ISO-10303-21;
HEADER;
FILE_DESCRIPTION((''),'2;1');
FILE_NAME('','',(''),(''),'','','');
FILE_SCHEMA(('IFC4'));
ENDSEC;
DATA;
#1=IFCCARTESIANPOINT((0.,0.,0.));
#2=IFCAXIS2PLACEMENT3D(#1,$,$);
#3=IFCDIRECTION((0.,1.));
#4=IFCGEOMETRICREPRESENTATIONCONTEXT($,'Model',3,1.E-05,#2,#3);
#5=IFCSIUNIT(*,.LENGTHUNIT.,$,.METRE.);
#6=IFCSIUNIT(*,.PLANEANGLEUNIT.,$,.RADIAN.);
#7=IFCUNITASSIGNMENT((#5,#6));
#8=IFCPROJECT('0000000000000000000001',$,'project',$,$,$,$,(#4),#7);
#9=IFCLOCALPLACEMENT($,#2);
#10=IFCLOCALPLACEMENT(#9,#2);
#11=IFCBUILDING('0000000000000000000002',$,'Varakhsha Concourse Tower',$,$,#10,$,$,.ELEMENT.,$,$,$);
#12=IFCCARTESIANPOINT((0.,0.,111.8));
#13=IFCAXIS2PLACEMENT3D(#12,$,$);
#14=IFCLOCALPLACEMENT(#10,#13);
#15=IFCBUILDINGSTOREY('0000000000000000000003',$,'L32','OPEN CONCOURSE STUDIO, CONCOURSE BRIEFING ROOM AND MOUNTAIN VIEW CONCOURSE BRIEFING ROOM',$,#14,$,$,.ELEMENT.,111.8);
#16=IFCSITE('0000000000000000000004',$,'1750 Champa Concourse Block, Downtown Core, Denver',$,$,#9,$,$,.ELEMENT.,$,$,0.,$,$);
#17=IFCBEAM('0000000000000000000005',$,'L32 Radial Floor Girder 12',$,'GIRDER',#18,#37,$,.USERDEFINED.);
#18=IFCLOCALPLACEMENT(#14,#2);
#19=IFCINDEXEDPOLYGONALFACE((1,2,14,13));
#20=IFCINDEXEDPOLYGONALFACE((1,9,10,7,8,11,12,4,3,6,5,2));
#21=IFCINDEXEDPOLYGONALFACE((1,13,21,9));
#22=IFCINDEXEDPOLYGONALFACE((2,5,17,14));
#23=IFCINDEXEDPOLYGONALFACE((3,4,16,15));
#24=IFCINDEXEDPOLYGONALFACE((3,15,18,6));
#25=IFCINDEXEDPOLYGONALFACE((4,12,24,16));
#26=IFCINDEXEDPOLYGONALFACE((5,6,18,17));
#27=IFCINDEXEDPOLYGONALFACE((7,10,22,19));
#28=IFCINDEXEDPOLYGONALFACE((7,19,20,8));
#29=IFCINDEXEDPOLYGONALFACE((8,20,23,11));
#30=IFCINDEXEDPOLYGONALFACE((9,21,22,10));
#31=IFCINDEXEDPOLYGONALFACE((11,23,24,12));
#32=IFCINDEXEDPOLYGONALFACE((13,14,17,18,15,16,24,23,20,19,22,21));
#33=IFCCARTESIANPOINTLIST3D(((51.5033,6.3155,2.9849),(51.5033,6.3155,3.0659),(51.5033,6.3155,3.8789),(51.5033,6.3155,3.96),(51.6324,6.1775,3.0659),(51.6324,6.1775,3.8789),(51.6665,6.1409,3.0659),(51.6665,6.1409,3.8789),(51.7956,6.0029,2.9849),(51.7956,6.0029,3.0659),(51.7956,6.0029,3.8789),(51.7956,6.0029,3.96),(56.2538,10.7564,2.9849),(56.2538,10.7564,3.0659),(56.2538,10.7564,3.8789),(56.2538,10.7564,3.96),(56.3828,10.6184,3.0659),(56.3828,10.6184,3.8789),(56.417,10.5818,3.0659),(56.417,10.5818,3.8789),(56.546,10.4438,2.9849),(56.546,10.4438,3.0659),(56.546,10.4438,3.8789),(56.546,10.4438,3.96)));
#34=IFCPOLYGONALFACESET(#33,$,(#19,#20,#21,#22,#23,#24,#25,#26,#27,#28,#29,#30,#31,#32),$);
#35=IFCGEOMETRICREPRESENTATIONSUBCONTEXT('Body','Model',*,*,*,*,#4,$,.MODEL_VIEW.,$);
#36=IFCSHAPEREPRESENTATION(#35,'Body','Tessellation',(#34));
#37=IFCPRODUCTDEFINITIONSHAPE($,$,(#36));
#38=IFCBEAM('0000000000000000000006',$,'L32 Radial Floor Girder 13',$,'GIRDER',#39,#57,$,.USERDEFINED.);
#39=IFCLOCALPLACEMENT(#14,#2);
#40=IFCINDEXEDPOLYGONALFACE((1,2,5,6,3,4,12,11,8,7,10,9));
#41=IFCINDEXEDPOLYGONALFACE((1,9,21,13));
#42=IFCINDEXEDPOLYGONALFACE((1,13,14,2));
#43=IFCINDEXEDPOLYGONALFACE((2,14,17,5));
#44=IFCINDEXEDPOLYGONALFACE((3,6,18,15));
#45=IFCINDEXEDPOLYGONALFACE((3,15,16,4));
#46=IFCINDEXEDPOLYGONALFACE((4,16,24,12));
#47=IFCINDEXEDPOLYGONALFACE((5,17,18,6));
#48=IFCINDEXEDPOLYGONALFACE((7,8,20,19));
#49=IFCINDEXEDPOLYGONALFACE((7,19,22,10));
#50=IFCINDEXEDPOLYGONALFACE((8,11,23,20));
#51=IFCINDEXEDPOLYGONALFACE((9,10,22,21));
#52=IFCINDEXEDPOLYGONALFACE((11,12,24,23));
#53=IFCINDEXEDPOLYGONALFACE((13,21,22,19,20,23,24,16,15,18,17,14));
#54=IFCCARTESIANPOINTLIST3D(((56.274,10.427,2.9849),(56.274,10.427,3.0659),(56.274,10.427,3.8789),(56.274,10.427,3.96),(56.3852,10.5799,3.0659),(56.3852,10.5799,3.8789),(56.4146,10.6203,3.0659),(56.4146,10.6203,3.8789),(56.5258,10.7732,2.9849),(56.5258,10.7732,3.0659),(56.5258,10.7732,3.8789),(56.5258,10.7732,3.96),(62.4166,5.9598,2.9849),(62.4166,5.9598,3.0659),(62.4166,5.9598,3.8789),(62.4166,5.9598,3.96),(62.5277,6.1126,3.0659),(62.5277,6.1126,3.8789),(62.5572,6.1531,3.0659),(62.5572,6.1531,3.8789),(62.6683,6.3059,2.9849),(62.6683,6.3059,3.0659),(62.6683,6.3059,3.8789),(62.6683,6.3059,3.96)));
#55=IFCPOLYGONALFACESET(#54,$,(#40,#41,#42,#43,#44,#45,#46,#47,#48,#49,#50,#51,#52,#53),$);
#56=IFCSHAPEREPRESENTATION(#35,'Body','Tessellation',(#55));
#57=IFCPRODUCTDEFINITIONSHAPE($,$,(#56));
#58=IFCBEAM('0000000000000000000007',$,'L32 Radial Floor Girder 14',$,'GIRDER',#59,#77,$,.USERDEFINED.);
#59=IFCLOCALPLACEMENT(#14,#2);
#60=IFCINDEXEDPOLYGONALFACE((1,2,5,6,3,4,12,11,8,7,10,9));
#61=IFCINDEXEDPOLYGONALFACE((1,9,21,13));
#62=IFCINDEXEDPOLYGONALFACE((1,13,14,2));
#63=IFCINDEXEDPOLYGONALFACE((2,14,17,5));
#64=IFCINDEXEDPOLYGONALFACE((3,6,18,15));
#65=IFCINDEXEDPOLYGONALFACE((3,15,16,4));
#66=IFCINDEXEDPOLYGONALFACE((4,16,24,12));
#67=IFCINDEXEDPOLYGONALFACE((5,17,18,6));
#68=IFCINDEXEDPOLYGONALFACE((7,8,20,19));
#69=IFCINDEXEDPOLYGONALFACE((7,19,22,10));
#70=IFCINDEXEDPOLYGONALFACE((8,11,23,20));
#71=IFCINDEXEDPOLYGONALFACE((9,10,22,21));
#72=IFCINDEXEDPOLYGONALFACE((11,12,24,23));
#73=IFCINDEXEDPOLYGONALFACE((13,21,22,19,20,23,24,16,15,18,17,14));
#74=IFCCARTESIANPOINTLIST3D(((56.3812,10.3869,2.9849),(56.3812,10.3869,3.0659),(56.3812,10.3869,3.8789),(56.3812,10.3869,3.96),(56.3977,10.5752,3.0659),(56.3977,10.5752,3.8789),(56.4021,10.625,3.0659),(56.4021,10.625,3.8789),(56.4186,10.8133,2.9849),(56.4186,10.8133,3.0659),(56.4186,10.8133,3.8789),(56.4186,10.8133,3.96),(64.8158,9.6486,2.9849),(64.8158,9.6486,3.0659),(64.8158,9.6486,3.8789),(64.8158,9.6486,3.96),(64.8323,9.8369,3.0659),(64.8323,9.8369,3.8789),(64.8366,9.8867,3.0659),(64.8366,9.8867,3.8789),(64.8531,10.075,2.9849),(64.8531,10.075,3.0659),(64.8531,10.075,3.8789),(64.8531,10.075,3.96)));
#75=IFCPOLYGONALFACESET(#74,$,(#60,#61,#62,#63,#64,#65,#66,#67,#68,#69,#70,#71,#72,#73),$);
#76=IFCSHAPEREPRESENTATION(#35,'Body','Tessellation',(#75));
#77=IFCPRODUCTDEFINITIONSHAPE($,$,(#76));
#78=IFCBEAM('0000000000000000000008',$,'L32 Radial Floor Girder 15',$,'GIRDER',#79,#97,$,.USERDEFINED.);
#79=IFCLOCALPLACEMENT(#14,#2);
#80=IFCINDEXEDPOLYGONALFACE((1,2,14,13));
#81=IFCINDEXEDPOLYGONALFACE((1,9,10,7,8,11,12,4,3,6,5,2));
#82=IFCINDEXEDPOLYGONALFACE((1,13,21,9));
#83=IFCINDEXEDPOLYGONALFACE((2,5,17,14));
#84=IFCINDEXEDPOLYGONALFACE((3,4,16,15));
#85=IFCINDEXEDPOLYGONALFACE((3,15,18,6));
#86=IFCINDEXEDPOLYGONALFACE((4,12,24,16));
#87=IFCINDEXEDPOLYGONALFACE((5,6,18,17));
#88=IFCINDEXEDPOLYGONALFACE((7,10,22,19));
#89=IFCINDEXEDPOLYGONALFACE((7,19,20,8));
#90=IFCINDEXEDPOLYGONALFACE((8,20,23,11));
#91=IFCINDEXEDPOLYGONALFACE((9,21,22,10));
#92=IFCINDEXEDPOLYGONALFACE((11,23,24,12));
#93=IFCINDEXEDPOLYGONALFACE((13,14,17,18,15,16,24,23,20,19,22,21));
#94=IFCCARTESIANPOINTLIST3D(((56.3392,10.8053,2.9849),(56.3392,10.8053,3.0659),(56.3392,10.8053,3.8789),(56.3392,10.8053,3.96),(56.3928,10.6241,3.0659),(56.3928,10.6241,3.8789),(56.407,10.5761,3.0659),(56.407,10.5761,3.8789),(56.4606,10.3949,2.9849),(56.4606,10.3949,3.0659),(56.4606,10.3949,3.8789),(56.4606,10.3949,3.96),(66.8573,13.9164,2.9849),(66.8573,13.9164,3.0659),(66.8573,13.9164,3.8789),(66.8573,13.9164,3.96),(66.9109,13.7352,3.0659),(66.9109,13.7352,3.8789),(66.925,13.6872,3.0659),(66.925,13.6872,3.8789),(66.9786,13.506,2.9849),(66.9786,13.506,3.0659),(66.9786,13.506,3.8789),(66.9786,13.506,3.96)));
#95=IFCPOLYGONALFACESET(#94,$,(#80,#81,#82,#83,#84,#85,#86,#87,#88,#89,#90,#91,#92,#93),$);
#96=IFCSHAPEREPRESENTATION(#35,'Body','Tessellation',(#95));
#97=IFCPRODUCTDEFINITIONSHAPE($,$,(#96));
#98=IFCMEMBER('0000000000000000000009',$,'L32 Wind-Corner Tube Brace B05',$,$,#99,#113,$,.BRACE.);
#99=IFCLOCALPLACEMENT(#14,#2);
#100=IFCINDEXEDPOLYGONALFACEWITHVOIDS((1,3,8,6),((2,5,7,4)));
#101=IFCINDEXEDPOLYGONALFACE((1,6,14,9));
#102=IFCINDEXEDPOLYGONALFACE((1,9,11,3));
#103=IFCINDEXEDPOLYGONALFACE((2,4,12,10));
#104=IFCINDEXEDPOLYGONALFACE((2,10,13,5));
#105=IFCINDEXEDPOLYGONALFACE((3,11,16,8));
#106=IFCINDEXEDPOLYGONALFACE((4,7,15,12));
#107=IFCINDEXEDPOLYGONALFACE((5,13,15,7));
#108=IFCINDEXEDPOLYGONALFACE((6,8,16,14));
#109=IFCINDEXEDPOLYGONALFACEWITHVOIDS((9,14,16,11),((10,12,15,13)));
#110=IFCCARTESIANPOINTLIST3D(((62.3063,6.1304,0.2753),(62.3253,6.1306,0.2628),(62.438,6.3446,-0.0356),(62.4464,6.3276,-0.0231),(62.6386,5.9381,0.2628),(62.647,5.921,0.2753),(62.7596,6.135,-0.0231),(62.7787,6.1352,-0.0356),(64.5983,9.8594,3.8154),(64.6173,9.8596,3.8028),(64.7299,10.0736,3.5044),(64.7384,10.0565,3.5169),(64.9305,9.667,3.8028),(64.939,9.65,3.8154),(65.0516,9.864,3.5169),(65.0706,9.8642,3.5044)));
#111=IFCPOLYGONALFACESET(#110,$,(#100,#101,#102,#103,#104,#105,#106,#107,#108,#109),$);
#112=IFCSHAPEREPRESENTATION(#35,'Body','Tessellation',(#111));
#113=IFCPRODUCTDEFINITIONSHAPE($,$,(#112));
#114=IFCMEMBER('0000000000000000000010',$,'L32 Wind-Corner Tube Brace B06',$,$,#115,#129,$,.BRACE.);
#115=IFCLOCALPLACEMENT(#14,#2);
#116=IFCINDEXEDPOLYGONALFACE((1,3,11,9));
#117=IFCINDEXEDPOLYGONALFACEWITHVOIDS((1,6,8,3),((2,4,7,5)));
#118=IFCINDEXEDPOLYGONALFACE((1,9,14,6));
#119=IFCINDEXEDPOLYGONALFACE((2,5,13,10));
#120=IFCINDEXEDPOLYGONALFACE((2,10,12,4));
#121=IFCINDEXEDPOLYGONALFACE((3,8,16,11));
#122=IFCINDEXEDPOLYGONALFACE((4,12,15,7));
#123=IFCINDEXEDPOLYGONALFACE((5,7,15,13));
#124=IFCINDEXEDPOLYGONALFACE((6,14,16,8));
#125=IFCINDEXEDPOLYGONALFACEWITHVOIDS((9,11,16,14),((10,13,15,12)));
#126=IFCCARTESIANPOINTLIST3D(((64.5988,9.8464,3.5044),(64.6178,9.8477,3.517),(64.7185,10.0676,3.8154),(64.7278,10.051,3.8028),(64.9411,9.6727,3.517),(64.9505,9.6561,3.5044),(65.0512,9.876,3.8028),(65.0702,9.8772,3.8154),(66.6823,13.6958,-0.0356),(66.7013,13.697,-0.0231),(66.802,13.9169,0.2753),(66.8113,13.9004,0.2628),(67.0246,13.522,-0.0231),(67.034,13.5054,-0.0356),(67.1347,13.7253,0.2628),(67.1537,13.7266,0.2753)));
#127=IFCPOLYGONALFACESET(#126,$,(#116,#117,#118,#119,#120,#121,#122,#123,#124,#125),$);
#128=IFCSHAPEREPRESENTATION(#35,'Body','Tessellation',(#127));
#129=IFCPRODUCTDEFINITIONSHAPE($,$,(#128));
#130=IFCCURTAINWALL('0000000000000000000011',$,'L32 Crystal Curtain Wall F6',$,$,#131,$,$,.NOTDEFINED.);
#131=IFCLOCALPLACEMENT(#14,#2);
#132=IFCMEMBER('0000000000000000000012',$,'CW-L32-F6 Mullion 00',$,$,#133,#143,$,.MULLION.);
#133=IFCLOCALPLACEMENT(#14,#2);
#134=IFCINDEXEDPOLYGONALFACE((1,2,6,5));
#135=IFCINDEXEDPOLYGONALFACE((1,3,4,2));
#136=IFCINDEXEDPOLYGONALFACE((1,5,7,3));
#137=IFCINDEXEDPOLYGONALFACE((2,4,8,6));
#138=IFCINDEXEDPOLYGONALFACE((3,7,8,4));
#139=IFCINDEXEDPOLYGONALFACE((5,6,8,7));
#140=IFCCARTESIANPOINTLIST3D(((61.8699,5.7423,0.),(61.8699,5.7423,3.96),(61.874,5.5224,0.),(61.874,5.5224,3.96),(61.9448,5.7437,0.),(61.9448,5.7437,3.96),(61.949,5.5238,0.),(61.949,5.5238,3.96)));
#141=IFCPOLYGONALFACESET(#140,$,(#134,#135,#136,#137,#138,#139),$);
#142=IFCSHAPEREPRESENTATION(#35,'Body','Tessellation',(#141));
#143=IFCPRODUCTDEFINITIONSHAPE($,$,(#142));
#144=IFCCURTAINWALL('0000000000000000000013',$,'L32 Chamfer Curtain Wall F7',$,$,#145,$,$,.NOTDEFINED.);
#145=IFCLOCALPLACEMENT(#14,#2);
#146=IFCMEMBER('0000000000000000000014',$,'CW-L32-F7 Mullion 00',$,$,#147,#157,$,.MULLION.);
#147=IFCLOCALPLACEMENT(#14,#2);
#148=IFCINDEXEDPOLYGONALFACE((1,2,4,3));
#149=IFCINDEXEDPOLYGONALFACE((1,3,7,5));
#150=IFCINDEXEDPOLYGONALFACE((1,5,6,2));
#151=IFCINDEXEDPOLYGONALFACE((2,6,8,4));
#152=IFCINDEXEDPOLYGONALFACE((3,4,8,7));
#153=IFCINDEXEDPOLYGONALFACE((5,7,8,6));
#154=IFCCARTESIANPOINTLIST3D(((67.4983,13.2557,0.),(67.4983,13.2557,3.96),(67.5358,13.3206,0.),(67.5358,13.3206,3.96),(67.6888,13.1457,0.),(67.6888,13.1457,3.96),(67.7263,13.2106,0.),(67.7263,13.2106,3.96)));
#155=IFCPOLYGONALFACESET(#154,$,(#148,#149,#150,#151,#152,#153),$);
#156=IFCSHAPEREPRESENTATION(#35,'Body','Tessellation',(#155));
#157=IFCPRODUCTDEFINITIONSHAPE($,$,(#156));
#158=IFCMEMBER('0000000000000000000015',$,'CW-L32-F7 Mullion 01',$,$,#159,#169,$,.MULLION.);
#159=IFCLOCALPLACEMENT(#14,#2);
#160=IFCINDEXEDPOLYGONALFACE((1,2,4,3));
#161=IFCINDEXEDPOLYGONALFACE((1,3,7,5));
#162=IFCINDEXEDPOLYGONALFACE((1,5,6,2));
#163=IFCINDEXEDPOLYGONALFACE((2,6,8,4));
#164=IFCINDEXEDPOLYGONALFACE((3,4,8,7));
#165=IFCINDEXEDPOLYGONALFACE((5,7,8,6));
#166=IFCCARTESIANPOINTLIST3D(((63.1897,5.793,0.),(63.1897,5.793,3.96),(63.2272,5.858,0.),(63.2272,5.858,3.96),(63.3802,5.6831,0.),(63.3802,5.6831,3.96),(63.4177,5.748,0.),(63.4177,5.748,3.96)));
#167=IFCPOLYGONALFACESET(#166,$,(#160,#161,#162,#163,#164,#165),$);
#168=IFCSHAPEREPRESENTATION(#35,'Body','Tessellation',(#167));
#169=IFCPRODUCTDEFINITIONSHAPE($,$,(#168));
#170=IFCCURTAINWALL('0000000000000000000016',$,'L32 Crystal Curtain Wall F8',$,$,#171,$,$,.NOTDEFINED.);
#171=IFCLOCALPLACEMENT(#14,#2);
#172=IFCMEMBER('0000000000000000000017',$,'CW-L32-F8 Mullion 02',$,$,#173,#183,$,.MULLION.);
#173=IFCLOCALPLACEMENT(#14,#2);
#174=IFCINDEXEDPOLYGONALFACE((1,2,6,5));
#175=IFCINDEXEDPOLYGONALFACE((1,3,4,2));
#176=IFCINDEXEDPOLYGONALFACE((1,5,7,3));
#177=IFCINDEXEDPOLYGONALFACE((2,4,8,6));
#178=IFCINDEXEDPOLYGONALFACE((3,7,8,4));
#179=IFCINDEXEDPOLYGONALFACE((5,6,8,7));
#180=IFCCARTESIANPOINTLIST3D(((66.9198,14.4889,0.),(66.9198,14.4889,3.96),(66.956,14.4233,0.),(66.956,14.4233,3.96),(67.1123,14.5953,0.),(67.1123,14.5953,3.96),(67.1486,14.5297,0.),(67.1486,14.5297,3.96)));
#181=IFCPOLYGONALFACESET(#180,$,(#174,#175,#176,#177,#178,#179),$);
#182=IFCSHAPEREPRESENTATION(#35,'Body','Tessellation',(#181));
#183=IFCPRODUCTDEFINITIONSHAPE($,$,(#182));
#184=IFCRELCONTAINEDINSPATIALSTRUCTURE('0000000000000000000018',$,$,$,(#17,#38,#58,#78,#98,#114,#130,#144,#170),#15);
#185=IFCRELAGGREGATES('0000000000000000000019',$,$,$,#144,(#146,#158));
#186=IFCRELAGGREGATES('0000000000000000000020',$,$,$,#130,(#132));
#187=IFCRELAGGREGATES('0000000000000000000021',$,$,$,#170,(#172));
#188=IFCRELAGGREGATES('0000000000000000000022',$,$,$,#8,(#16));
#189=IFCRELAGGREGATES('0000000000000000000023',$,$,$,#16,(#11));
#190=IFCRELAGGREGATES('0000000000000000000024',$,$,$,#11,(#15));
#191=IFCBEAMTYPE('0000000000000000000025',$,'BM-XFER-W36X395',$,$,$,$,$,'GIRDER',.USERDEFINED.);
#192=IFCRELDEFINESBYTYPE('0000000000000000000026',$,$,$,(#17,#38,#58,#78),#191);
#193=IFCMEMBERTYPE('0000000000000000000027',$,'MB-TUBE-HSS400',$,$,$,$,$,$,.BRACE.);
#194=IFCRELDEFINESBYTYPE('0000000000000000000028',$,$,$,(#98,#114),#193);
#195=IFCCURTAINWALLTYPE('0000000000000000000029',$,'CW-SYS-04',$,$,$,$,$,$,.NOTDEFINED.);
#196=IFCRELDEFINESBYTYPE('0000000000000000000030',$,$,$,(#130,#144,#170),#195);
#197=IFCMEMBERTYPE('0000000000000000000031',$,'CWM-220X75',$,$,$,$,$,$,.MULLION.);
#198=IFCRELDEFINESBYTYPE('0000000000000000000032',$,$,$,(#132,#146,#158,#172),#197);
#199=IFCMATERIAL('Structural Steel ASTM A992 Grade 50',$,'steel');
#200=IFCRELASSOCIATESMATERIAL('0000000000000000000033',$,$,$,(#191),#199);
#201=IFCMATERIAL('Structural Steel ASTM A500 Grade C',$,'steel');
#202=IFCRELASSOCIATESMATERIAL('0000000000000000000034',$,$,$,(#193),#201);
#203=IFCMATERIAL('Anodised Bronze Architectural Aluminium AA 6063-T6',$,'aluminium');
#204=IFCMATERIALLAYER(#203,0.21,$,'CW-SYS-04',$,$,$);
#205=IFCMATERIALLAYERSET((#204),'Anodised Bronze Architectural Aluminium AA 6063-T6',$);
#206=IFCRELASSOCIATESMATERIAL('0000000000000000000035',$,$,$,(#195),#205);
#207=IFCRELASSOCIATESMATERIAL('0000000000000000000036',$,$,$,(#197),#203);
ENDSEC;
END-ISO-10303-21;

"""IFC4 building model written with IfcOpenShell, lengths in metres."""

from ifc_helpers import new_model, si_unit, direction, frame, origin, origin_2d, place, context, subcontext, project, spatial, rectangle, hollow_rectangle, i_section, extrude, source, transform, mapped, material, layer, layer_set, material_profile, profile_set, type_object, type_shapes, element, aggregate, save


model = new_model("IFC4")

# Units and contexts
model_context = context("Model", 3, precision=1e-05, world=origin(), true_north=direction((0.0, 1.0)))
body_context = subcontext(model_context, "Body", "Model", "MODEL_VIEW")
ifc_project = project(units=[si_unit("LENGTHUNIT", "METRE"), si_unit("PLANEANGLEUNIT", "RADIAN")], contexts=[model_context])

# Site, building, storey
site_placement = place(None, origin())
site = spatial("IfcSite", under=ifc_project, at=site_placement, Name="1750 Champa Concourse Block, Downtown Core, Denver", CompositionType="ELEMENT", RefElevation=0.0)
building_placement = place(site_placement, origin())
building = spatial("IfcBuilding", under=site, at=building_placement, Name="Varakhsha Concourse Tower", CompositionType="ELEMENT")
storey_placement = place(building_placement, frame((0.0, 0.0, 111.8)))
storey = spatial("IfcBuildingStorey", under=building, at=storey_placement, Name="L32", Description="OPEN CONCOURSE STUDIO, CONCOURSE BRIEFING ROOM AND MOUNTAIN VIEW CONCOURSE BRIEFING ROOM", CompositionType="ELEMENT", Elevation=111.8)

# Shared definitions
ifc_material_1 = material(Name="Structural Steel ASTM A992 Grade 50", Category="steel")

# Beams
ifc_material_profile_1 = material_profile(ifc_material_1, i_section(OverallWidth=0.428, OverallDepth=0.9751, WebThickness=0.05, FlangeThickness=0.0811, at=origin_2d()), Name="W36X395")
ifc_profile_set_1 = profile_set([ifc_material_profile_1], Name="Structural Steel ASTM A992 Grade 50")
beam_type_1 = type_object("IfcBeamType", Name="BM-XFER-W36X395", ElementType="GIRDER", PredefinedType="USERDEFINED", material=ifc_profile_set_1)
beam_1_placement = place(storey_placement, frame((56.3999, 10.6001, 3.4724), z_axis=(-0.730508, -0.682904, 0.0), x_axis=(0.682904, -0.730508, 0.0)))
element("IfcBeam", 1, at=beam_1_placement, inside=storey, type_object=beam_type_1, Name="L32 Radial Floor Girder 12", ObjectType="GIRDER", PredefinedType="USERDEFINED", context=body_context, shape_type="SweptSolid", body=[
    extrude(i_section(OverallWidth=0.428, OverallDepth=0.9751, WebThickness=0.05, FlangeThickness=0.0811, at=origin_2d()), origin(), (0.0, 0.0, 1.0), 6.5029),
])
beam_2_placement = place(storey_placement, frame((56.3999, 10.6001, 3.4724), z_axis=(0.808739, -0.588168, 0.0), x_axis=(0.588168, 0.808739, 0.0)))
element("IfcBeam", 2, at=beam_2_placement, inside=storey, type_object=beam_type_1, Name="L32 Radial Floor Girder 13", ObjectType="GIRDER", PredefinedType="USERDEFINED", context=body_context, shape_type="SweptSolid", body=[
    extrude(i_section(OverallWidth=0.428, OverallDepth=0.9751, WebThickness=0.05, FlangeThickness=0.0811, at=origin_2d()), origin(), (0.0, 0.0, 1.0), 7.5952),
])
beam_3_placement = place(storey_placement, frame((56.3999, 10.6001, 3.4724), z_axis=(0.996191, -0.087197, 0.0), x_axis=(0.087197, 0.996191, 0.0)))
element("IfcBeam", 3, at=beam_3_placement, inside=storey, type_object=beam_type_1, Name="L32 Radial Floor Girder 14", ObjectType="GIRDER", PredefinedType="USERDEFINED", context=body_context, shape_type="SweptSolid", body=[
    extrude(i_section(OverallWidth=0.428, OverallDepth=0.9751, WebThickness=0.05, FlangeThickness=0.0811, at=origin_2d()), origin(), (0.0, 0.0, 1.0), 8.4668),
])
beam_4_placement = place(storey_placement, frame((56.3999, 10.6001, 3.4724), z_axis=(0.958932, 0.283637, 0.0), x_axis=(-0.283637, 0.958932, 0.0)))
element("IfcBeam", 4, at=beam_4_placement, inside=storey, type_object=beam_type_1, Name="L32 Radial Floor Girder 15", ObjectType="GIRDER", PredefinedType="USERDEFINED", context=body_context, shape_type="SweptSolid", body=[
    extrude(i_section(OverallWidth=0.428, OverallDepth=0.9751, WebThickness=0.05, FlangeThickness=0.0811, at=origin_2d()), origin(), (0.0, 0.0, 1.0), 10.9685),
])

# Members
ifc_material_2 = material(Name="Structural Steel ASTM A500 Grade C", Category="steel")
ifc_material_profile_2 = material_profile(ifc_material_2, hollow_rectangle(XDim=0.3999, YDim=0.3999, WallThickness=0.0161, at=origin_2d()), Name="HSS 400x400x16")
ifc_profile_set_2 = profile_set([ifc_material_profile_2], Name="Structural Steel ASTM A500 Grade C")
member_type_1 = type_object("IfcMemberType", Name="MB-TUBE-HSS400", PredefinedType="BRACE", material=ifc_profile_set_2)
shared_shape_1 = source(origin(), body_context, "Body", "SweptSolid", [
    extrude(hollow_rectangle(XDim=0.3999, YDim=0.3999, WallThickness=0.0161, at=origin_2d()), origin(), (0.0, 0.0, 1.0), 5.6294),
])
type_shapes(member_type_1, [shared_shape_1])
for number, where, z_axis, x_axis, name in (
    (5, (62.5425, 6.1328, 0.1199), (0.407144, 0.662411, 0.628844), (-0.851942, 0.523637, 0.0), "L32 Wind-Corner Tube Brace B05"),
    (6, (66.918, 13.7112, 0.1199), (-0.370108, -0.683793, 0.628845), (0.879443, -0.476005, 0.0), "L32 Wind-Corner Tube Brace B06"),
):
    element("IfcMember", number, at=place(storey_placement, frame(where, z_axis=z_axis, x_axis=x_axis)), inside=storey, type_object=member_type_1, Name=name, PredefinedType="BRACE", context=body_context, shape_type="MappedRepresentation", body=[
        mapped(shared_shape_1, transform((0.0, 0.0, 0.0), scale=1.0)),
    ])

# Curtain wall, member
ifc_material_3 = material(Name="Anodised Bronze Architectural Aluminium AA 6063-T6", Category="aluminium")
ifc_layer_1 = layer(ifc_material_3, 0.21, Name="CW-SYS-04")
ifc_layer_set_1 = layer_set([ifc_layer_1], Name="Anodised Bronze Architectural Aluminium AA 6063-T6")
curtain_wall_type = type_object("IfcCurtainWallType", Name="CW-SYS-04", PredefinedType="NOTDEFINED", material=ifc_layer_set_1)
curtain_wall_1_placement = place(storey_placement, origin())
curtain_wall_1 = element("IfcCurtainWall", 7, at=curtain_wall_1_placement, inside=storey, type_object=curtain_wall_type, Name="L32 Crystal Curtain Wall F6", PredefinedType="NOTDEFINED")
ifc_material_profile_3 = material_profile(ifc_material_3, rectangle(XDim=0.075, YDim=0.22, at=origin_2d()), Name="CWM-220X75")
ifc_profile_set_3 = profile_set([ifc_material_profile_3], Name="Anodised Bronze Architectural Aluminium AA 6063-T6")
member_type_2 = type_object("IfcMemberType", Name="CWM-220X75", PredefinedType="MULLION", material=ifc_profile_set_3)
shared_shape_2 = source(origin(), body_context, "Body", "SweptSolid", [
    extrude(rectangle(XDim=0.075, YDim=0.22, at=origin_2d()), origin(), (0.0, 0.0, 1.0), 3.96),
])
type_shapes(member_type_2, [shared_shape_2])
member_1_placement = place(storey_placement, frame((61.9094, 5.6331, 0.0), z_axis=(0.0, 0.0, 1.0), x_axis=(-0.999821, -0.01891, 0.0)))
member_1 = element("IfcMember", 8, at=member_1_placement, type_object=member_type_2, Name="CW-L32-F6 Mullion 00", PredefinedType="MULLION", context=body_context, shape_type="MappedRepresentation", body=[
    mapped(shared_shape_2, transform((0.0, 0.0, 0.0), scale=1.0)),
])

# Curtain wall, members
curtain_wall_2_placement = place(storey_placement, origin())
curtain_wall_2 = element("IfcCurtainWall", 9, at=curtain_wall_2_placement, inside=storey, type_object=curtain_wall_type, Name="L32 Chamfer Curtain Wall F7", PredefinedType="NOTDEFINED")
member_2_placement = place(storey_placement, frame((67.6123, 13.2332, 0.0), z_axis=(0.0, 0.0, 1.0), x_axis=(-0.499992, -0.86603, 0.0)))
member_2 = element("IfcMember", 10, at=member_2_placement, type_object=member_type_2, Name="CW-L32-F7 Mullion 00", PredefinedType="MULLION", context=body_context, shape_type="MappedRepresentation", body=[
    mapped(shared_shape_2, transform((0.0, 0.0, 0.0), scale=1.0)),
])
member_3_placement = place(storey_placement, frame((63.3037, 5.7705, 0.0), z_axis=(0.0, 0.0, 1.0), x_axis=(-0.499992, -0.86603, 0.0)))
member_3 = element("IfcMember", 11, at=member_3_placement, type_object=member_type_2, Name="CW-L32-F7 Mullion 01", PredefinedType="MULLION", context=body_context, shape_type="MappedRepresentation", body=[
    mapped(shared_shape_2, transform((0.0, 0.0, 0.0), scale=1.0)),
])

# Curtain wall, member
curtain_wall_3_placement = place(storey_placement, origin())
curtain_wall_3 = element("IfcCurtainWall", 12, at=curtain_wall_3_placement, inside=storey, type_object=curtain_wall_type, Name="L32 Crystal Curtain Wall F8", PredefinedType="NOTDEFINED")
member_4_placement = place(storey_placement, frame((67.0342, 14.5093, 0.0), z_axis=(0.0, 0.0, 1.0), x_axis=(0.483536, -0.875324, 0.0)))
member_4 = element("IfcMember", 13, at=member_4_placement, type_object=member_type_2, Name="CW-L32-F8 Mullion 02", PredefinedType="MULLION", context=body_context, shape_type="MappedRepresentation", body=[
    mapped(shared_shape_2, transform((0.0, 0.0, 0.0), scale=1.0)),
])

aggregate(curtain_wall_2, [member_2, member_3])
aggregate(curtain_wall_1, [member_1])
aggregate(curtain_wall_3, [member_4])

save(model, "model.ifc")
